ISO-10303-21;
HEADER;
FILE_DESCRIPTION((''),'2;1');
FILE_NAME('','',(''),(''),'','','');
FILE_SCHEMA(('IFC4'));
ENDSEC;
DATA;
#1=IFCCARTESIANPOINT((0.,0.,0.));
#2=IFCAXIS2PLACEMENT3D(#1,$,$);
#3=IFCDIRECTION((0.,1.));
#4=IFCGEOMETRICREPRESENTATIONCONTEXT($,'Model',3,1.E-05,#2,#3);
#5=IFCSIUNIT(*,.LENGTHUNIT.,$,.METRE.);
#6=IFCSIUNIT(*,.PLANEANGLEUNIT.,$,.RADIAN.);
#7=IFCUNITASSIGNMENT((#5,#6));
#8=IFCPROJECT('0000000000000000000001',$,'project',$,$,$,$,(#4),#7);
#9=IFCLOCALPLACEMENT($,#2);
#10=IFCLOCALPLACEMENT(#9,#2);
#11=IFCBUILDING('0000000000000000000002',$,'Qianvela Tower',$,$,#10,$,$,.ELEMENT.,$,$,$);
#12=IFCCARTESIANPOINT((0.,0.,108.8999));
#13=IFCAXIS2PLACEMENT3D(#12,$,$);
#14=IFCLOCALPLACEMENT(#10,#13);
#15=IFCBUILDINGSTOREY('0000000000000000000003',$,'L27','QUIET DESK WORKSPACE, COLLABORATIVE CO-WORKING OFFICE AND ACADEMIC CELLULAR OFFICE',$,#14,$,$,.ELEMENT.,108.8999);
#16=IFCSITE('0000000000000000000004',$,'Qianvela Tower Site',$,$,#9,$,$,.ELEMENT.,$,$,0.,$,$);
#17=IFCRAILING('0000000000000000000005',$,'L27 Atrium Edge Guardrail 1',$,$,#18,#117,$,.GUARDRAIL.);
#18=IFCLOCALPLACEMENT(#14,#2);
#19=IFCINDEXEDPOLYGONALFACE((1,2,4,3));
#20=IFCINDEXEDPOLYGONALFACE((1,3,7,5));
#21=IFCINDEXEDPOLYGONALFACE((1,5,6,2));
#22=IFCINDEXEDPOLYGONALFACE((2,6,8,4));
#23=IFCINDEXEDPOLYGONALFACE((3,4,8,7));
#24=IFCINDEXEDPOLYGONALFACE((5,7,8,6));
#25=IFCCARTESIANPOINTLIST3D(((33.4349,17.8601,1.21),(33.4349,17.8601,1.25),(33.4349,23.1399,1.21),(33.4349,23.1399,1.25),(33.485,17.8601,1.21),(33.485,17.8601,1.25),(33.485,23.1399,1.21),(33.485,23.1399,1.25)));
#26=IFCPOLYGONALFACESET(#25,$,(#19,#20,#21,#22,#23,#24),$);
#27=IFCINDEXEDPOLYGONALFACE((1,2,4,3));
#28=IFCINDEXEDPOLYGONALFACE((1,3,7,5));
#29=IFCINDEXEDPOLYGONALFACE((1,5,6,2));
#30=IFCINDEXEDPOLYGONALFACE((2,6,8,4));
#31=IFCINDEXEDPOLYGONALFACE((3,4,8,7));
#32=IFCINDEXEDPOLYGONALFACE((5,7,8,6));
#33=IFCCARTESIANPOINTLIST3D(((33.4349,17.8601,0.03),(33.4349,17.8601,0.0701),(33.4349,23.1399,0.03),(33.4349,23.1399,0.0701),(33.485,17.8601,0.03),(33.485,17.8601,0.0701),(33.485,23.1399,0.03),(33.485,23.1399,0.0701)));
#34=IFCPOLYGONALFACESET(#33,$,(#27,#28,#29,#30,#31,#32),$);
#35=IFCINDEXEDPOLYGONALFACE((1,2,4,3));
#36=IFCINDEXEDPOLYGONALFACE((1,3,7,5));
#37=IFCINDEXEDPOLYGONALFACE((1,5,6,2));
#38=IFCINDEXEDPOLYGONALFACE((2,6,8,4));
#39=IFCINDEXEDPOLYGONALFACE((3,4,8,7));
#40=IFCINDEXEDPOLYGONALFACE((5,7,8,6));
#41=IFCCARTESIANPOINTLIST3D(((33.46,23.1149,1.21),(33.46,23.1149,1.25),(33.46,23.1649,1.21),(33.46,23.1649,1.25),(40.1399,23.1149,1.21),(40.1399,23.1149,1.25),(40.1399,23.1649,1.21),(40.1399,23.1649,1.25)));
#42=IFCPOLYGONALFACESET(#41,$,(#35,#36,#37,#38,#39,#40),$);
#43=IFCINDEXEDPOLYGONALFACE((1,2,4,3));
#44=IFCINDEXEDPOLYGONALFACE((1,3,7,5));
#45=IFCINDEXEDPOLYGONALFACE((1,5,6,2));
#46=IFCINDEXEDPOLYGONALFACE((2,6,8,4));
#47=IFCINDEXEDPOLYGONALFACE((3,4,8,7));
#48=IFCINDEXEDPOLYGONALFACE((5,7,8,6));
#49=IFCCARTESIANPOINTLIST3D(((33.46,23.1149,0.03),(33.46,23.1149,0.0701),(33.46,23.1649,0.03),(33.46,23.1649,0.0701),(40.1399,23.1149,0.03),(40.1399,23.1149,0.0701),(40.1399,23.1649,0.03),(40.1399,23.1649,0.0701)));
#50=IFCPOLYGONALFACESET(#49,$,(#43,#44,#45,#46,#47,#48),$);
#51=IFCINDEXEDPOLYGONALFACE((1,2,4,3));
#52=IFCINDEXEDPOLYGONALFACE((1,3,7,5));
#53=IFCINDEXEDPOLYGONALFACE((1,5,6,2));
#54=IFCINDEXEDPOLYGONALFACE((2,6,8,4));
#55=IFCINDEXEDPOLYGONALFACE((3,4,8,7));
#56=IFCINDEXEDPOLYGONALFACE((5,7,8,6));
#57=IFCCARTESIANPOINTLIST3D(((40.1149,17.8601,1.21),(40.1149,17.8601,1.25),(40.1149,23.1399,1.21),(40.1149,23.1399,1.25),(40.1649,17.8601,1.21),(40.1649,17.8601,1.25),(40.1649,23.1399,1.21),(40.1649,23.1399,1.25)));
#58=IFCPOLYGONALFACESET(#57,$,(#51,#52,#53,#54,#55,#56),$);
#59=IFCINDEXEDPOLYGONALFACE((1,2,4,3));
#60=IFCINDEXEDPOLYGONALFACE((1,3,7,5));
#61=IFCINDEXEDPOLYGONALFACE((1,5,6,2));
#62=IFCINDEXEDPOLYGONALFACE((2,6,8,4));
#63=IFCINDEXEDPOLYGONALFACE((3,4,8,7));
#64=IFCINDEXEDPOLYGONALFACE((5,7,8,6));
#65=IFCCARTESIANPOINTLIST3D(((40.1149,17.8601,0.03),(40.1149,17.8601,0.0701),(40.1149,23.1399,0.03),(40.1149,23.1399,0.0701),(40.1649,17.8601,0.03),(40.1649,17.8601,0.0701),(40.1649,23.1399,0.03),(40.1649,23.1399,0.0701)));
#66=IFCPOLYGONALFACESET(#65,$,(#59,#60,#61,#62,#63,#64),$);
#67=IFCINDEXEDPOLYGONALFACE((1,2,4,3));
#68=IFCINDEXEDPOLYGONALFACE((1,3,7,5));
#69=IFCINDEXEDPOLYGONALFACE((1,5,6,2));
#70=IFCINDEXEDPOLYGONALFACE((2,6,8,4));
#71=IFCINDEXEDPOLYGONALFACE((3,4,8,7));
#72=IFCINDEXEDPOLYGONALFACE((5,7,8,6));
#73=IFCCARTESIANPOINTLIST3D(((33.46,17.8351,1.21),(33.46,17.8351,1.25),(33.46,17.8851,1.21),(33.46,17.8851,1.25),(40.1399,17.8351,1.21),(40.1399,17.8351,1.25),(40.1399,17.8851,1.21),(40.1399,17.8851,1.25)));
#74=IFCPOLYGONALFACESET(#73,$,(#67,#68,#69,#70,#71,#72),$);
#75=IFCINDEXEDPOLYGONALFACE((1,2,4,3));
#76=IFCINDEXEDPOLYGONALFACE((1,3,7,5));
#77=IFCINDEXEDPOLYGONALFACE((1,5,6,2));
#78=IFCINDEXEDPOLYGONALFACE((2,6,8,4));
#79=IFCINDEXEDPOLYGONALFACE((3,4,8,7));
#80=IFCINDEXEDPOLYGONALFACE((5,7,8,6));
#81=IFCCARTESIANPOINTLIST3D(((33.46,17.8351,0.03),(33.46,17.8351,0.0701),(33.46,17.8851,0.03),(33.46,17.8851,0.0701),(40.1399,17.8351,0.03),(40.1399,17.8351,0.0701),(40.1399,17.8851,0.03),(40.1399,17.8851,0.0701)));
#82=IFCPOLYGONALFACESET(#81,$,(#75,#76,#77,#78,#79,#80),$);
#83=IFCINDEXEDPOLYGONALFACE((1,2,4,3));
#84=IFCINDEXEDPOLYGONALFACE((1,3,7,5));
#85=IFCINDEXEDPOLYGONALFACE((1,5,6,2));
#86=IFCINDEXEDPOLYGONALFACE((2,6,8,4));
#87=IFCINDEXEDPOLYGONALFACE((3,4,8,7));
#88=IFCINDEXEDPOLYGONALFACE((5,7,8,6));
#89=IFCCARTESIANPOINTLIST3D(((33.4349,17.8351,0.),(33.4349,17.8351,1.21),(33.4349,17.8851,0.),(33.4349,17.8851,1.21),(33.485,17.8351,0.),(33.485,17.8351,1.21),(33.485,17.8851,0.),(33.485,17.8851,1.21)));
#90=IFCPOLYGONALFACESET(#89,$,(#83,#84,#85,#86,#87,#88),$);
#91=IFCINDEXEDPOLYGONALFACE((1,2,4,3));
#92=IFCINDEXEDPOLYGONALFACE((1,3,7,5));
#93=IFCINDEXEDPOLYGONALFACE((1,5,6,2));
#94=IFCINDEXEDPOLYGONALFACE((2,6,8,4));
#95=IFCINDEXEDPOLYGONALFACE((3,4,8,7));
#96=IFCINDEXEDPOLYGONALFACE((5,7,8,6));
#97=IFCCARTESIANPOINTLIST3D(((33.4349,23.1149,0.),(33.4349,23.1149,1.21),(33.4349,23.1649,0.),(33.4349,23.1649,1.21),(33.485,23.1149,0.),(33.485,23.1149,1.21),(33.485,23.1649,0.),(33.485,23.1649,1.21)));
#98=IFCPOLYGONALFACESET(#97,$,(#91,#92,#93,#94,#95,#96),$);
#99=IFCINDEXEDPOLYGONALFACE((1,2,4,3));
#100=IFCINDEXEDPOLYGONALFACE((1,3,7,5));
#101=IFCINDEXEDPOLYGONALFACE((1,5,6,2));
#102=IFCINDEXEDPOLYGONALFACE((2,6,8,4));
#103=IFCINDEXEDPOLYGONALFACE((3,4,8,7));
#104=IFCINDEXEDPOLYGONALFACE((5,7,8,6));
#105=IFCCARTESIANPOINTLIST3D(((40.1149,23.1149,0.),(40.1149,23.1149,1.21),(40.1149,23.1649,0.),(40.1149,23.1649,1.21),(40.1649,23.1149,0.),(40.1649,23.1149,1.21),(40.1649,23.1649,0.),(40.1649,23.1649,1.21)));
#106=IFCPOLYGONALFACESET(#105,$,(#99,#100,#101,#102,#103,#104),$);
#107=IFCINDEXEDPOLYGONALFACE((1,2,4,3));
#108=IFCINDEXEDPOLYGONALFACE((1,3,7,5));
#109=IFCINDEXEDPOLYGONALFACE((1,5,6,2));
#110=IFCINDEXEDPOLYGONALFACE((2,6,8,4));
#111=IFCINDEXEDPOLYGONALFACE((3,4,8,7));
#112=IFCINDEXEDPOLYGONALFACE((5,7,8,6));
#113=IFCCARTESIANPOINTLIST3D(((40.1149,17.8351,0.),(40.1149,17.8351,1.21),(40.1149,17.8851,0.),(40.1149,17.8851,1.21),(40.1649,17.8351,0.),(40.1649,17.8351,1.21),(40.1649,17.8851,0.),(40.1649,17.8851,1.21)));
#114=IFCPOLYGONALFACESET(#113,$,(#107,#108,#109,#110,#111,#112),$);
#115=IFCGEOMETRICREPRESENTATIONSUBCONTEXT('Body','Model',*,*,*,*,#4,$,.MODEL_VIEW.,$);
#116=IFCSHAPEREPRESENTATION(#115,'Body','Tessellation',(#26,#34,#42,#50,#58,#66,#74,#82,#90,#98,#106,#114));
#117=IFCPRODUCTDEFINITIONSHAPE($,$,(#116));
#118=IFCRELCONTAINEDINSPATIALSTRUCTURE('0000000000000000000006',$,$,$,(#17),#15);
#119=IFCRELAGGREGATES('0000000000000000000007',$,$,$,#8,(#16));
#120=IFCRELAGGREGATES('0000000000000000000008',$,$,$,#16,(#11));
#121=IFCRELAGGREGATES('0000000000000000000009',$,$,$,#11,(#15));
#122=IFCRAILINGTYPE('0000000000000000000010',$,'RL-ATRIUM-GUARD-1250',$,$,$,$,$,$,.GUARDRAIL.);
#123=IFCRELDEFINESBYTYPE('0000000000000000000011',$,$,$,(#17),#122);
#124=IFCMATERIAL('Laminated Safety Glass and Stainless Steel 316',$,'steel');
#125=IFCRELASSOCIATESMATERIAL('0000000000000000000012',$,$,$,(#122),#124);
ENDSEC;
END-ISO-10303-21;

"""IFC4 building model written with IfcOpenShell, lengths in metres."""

from ifc_helpers import new_model, si_unit, direction, frame, origin, origin_2d, place, context, subcontext, project, spatial, rectangle, extrude, material, type_object, element, save


model = new_model("IFC4")

# Units and contexts
model_context = context("Model", 3, precision=1e-05, world=origin(), true_north=direction((0.0, 1.0)))
body_context = subcontext(model_context, "Body", "Model", "MODEL_VIEW")
ifc_project = project(units=[si_unit("LENGTHUNIT", "METRE"), si_unit("PLANEANGLEUNIT", "RADIAN")], contexts=[model_context])

# Site, building, storey
site_placement = place(None, origin())
site = spatial("IfcSite", under=ifc_project, at=site_placement, Name="Qianvela Tower Site", CompositionType="ELEMENT", RefElevation=0.0)
building_placement = place(site_placement, origin())
building = spatial("IfcBuilding", under=site, at=building_placement, Name="Qianvela Tower", CompositionType="ELEMENT")
storey_placement = place(building_placement, frame((0.0, 0.0, 108.8999)))
storey = spatial("IfcBuildingStorey", under=building, at=storey_placement, Name="L27", Description="QUIET DESK WORKSPACE, COLLABORATIVE CO-WORKING OFFICE AND ACADEMIC CELLULAR OFFICE", CompositionType="ELEMENT", Elevation=108.8999)

# Railing
ifc_material_1 = material(Name="Laminated Safety Glass and Stainless Steel 316", Category="steel")
railing_type = type_object("IfcRailingType", Name="RL-ATRIUM-GUARD-1250", PredefinedType="GUARDRAIL", material=ifc_material_1)
railing_placement = place(storey_placement, frame((33.46, 17.8601, 0.0)))
element("IfcRailing", 1, at=railing_placement, inside=storey, type_object=railing_type, Name="L27 Atrium Edge Guardrail 1", PredefinedType="GUARDRAIL", context=body_context, shape_type="SweptSolid", body=[
    extrude(rectangle(XDim=0.05, YDim=0.04, at=origin_2d()), frame((0.0, 0.0, 1.23), z_axis=(0.0, 1.0, 0.0), x_axis=(-1.0, 0.0, 0.0)), (0.0, 0.0, 1.0), 5.2798),
    extrude(rectangle(XDim=0.05, YDim=0.04, at=origin_2d()), frame((0.0, 0.0, 0.05), z_axis=(0.0, 1.0, 0.0), x_axis=(-1.0, 0.0, 0.0)), (0.0, 0.0, 1.0), 5.2798),
    extrude(rectangle(XDim=0.05, YDim=0.04, at=origin_2d()), frame((0.0, 5.2798, 1.23), z_axis=(1.0, 0.0, 0.0), x_axis=(0.0, 1.0, 0.0)), (0.0, 0.0, 1.0), 6.6799),
    extrude(rectangle(XDim=0.05, YDim=0.04, at=origin_2d()), frame((0.0, 5.2798, 0.05), z_axis=(1.0, 0.0, 0.0), x_axis=(0.0, 1.0, 0.0)), (0.0, 0.0, 1.0), 6.6799),
    extrude(rectangle(XDim=0.05, YDim=0.04, at=origin_2d()), frame((6.6799, 5.2798, 1.23), z_axis=(0.0, -1.0, 0.0), x_axis=(1.0, 0.0, 0.0)), (0.0, 0.0, 1.0), 5.2798),
    extrude(rectangle(XDim=0.05, YDim=0.04, at=origin_2d()), frame((6.6799, 5.2798, 0.05), z_axis=(0.0, -1.0, 0.0), x_axis=(1.0, 0.0, 0.0)), (0.0, 0.0, 1.0), 5.2798),
    extrude(rectangle(XDim=0.05, YDim=0.04, at=origin_2d()), frame((6.6799, 0.0, 1.23), z_axis=(-1.0, 0.0, 0.0), x_axis=(0.0, -1.0, 0.0)), (0.0, 0.0, 1.0), 6.6799),
    extrude(rectangle(XDim=0.05, YDim=0.04, at=origin_2d()), frame((6.6799, 0.0, 0.05), z_axis=(-1.0, 0.0, 0.0), x_axis=(0.0, -1.0, 0.0)), (0.0, 0.0, 1.0), 6.6799),
    extrude(rectangle(XDim=0.05, YDim=0.05, at=origin_2d()), origin(), (0.0, 0.0, 1.0), 1.21),
    extrude(rectangle(XDim=0.05, YDim=0.05, at=origin_2d()), frame((0.0, 5.2798, 0.0)), (0.0, 0.0, 1.0), 1.21),
    extrude(rectangle(XDim=0.05, YDim=0.05, at=origin_2d()), frame((6.6799, 5.2798, 0.0)), (0.0, 0.0, 1.0), 1.21),
    extrude(rectangle(XDim=0.05, YDim=0.05, at=origin_2d()), frame((6.6799, 0.0, 0.0)), (0.0, 0.0, 1.0), 1.21),
])

save(model, "model.ifc")
